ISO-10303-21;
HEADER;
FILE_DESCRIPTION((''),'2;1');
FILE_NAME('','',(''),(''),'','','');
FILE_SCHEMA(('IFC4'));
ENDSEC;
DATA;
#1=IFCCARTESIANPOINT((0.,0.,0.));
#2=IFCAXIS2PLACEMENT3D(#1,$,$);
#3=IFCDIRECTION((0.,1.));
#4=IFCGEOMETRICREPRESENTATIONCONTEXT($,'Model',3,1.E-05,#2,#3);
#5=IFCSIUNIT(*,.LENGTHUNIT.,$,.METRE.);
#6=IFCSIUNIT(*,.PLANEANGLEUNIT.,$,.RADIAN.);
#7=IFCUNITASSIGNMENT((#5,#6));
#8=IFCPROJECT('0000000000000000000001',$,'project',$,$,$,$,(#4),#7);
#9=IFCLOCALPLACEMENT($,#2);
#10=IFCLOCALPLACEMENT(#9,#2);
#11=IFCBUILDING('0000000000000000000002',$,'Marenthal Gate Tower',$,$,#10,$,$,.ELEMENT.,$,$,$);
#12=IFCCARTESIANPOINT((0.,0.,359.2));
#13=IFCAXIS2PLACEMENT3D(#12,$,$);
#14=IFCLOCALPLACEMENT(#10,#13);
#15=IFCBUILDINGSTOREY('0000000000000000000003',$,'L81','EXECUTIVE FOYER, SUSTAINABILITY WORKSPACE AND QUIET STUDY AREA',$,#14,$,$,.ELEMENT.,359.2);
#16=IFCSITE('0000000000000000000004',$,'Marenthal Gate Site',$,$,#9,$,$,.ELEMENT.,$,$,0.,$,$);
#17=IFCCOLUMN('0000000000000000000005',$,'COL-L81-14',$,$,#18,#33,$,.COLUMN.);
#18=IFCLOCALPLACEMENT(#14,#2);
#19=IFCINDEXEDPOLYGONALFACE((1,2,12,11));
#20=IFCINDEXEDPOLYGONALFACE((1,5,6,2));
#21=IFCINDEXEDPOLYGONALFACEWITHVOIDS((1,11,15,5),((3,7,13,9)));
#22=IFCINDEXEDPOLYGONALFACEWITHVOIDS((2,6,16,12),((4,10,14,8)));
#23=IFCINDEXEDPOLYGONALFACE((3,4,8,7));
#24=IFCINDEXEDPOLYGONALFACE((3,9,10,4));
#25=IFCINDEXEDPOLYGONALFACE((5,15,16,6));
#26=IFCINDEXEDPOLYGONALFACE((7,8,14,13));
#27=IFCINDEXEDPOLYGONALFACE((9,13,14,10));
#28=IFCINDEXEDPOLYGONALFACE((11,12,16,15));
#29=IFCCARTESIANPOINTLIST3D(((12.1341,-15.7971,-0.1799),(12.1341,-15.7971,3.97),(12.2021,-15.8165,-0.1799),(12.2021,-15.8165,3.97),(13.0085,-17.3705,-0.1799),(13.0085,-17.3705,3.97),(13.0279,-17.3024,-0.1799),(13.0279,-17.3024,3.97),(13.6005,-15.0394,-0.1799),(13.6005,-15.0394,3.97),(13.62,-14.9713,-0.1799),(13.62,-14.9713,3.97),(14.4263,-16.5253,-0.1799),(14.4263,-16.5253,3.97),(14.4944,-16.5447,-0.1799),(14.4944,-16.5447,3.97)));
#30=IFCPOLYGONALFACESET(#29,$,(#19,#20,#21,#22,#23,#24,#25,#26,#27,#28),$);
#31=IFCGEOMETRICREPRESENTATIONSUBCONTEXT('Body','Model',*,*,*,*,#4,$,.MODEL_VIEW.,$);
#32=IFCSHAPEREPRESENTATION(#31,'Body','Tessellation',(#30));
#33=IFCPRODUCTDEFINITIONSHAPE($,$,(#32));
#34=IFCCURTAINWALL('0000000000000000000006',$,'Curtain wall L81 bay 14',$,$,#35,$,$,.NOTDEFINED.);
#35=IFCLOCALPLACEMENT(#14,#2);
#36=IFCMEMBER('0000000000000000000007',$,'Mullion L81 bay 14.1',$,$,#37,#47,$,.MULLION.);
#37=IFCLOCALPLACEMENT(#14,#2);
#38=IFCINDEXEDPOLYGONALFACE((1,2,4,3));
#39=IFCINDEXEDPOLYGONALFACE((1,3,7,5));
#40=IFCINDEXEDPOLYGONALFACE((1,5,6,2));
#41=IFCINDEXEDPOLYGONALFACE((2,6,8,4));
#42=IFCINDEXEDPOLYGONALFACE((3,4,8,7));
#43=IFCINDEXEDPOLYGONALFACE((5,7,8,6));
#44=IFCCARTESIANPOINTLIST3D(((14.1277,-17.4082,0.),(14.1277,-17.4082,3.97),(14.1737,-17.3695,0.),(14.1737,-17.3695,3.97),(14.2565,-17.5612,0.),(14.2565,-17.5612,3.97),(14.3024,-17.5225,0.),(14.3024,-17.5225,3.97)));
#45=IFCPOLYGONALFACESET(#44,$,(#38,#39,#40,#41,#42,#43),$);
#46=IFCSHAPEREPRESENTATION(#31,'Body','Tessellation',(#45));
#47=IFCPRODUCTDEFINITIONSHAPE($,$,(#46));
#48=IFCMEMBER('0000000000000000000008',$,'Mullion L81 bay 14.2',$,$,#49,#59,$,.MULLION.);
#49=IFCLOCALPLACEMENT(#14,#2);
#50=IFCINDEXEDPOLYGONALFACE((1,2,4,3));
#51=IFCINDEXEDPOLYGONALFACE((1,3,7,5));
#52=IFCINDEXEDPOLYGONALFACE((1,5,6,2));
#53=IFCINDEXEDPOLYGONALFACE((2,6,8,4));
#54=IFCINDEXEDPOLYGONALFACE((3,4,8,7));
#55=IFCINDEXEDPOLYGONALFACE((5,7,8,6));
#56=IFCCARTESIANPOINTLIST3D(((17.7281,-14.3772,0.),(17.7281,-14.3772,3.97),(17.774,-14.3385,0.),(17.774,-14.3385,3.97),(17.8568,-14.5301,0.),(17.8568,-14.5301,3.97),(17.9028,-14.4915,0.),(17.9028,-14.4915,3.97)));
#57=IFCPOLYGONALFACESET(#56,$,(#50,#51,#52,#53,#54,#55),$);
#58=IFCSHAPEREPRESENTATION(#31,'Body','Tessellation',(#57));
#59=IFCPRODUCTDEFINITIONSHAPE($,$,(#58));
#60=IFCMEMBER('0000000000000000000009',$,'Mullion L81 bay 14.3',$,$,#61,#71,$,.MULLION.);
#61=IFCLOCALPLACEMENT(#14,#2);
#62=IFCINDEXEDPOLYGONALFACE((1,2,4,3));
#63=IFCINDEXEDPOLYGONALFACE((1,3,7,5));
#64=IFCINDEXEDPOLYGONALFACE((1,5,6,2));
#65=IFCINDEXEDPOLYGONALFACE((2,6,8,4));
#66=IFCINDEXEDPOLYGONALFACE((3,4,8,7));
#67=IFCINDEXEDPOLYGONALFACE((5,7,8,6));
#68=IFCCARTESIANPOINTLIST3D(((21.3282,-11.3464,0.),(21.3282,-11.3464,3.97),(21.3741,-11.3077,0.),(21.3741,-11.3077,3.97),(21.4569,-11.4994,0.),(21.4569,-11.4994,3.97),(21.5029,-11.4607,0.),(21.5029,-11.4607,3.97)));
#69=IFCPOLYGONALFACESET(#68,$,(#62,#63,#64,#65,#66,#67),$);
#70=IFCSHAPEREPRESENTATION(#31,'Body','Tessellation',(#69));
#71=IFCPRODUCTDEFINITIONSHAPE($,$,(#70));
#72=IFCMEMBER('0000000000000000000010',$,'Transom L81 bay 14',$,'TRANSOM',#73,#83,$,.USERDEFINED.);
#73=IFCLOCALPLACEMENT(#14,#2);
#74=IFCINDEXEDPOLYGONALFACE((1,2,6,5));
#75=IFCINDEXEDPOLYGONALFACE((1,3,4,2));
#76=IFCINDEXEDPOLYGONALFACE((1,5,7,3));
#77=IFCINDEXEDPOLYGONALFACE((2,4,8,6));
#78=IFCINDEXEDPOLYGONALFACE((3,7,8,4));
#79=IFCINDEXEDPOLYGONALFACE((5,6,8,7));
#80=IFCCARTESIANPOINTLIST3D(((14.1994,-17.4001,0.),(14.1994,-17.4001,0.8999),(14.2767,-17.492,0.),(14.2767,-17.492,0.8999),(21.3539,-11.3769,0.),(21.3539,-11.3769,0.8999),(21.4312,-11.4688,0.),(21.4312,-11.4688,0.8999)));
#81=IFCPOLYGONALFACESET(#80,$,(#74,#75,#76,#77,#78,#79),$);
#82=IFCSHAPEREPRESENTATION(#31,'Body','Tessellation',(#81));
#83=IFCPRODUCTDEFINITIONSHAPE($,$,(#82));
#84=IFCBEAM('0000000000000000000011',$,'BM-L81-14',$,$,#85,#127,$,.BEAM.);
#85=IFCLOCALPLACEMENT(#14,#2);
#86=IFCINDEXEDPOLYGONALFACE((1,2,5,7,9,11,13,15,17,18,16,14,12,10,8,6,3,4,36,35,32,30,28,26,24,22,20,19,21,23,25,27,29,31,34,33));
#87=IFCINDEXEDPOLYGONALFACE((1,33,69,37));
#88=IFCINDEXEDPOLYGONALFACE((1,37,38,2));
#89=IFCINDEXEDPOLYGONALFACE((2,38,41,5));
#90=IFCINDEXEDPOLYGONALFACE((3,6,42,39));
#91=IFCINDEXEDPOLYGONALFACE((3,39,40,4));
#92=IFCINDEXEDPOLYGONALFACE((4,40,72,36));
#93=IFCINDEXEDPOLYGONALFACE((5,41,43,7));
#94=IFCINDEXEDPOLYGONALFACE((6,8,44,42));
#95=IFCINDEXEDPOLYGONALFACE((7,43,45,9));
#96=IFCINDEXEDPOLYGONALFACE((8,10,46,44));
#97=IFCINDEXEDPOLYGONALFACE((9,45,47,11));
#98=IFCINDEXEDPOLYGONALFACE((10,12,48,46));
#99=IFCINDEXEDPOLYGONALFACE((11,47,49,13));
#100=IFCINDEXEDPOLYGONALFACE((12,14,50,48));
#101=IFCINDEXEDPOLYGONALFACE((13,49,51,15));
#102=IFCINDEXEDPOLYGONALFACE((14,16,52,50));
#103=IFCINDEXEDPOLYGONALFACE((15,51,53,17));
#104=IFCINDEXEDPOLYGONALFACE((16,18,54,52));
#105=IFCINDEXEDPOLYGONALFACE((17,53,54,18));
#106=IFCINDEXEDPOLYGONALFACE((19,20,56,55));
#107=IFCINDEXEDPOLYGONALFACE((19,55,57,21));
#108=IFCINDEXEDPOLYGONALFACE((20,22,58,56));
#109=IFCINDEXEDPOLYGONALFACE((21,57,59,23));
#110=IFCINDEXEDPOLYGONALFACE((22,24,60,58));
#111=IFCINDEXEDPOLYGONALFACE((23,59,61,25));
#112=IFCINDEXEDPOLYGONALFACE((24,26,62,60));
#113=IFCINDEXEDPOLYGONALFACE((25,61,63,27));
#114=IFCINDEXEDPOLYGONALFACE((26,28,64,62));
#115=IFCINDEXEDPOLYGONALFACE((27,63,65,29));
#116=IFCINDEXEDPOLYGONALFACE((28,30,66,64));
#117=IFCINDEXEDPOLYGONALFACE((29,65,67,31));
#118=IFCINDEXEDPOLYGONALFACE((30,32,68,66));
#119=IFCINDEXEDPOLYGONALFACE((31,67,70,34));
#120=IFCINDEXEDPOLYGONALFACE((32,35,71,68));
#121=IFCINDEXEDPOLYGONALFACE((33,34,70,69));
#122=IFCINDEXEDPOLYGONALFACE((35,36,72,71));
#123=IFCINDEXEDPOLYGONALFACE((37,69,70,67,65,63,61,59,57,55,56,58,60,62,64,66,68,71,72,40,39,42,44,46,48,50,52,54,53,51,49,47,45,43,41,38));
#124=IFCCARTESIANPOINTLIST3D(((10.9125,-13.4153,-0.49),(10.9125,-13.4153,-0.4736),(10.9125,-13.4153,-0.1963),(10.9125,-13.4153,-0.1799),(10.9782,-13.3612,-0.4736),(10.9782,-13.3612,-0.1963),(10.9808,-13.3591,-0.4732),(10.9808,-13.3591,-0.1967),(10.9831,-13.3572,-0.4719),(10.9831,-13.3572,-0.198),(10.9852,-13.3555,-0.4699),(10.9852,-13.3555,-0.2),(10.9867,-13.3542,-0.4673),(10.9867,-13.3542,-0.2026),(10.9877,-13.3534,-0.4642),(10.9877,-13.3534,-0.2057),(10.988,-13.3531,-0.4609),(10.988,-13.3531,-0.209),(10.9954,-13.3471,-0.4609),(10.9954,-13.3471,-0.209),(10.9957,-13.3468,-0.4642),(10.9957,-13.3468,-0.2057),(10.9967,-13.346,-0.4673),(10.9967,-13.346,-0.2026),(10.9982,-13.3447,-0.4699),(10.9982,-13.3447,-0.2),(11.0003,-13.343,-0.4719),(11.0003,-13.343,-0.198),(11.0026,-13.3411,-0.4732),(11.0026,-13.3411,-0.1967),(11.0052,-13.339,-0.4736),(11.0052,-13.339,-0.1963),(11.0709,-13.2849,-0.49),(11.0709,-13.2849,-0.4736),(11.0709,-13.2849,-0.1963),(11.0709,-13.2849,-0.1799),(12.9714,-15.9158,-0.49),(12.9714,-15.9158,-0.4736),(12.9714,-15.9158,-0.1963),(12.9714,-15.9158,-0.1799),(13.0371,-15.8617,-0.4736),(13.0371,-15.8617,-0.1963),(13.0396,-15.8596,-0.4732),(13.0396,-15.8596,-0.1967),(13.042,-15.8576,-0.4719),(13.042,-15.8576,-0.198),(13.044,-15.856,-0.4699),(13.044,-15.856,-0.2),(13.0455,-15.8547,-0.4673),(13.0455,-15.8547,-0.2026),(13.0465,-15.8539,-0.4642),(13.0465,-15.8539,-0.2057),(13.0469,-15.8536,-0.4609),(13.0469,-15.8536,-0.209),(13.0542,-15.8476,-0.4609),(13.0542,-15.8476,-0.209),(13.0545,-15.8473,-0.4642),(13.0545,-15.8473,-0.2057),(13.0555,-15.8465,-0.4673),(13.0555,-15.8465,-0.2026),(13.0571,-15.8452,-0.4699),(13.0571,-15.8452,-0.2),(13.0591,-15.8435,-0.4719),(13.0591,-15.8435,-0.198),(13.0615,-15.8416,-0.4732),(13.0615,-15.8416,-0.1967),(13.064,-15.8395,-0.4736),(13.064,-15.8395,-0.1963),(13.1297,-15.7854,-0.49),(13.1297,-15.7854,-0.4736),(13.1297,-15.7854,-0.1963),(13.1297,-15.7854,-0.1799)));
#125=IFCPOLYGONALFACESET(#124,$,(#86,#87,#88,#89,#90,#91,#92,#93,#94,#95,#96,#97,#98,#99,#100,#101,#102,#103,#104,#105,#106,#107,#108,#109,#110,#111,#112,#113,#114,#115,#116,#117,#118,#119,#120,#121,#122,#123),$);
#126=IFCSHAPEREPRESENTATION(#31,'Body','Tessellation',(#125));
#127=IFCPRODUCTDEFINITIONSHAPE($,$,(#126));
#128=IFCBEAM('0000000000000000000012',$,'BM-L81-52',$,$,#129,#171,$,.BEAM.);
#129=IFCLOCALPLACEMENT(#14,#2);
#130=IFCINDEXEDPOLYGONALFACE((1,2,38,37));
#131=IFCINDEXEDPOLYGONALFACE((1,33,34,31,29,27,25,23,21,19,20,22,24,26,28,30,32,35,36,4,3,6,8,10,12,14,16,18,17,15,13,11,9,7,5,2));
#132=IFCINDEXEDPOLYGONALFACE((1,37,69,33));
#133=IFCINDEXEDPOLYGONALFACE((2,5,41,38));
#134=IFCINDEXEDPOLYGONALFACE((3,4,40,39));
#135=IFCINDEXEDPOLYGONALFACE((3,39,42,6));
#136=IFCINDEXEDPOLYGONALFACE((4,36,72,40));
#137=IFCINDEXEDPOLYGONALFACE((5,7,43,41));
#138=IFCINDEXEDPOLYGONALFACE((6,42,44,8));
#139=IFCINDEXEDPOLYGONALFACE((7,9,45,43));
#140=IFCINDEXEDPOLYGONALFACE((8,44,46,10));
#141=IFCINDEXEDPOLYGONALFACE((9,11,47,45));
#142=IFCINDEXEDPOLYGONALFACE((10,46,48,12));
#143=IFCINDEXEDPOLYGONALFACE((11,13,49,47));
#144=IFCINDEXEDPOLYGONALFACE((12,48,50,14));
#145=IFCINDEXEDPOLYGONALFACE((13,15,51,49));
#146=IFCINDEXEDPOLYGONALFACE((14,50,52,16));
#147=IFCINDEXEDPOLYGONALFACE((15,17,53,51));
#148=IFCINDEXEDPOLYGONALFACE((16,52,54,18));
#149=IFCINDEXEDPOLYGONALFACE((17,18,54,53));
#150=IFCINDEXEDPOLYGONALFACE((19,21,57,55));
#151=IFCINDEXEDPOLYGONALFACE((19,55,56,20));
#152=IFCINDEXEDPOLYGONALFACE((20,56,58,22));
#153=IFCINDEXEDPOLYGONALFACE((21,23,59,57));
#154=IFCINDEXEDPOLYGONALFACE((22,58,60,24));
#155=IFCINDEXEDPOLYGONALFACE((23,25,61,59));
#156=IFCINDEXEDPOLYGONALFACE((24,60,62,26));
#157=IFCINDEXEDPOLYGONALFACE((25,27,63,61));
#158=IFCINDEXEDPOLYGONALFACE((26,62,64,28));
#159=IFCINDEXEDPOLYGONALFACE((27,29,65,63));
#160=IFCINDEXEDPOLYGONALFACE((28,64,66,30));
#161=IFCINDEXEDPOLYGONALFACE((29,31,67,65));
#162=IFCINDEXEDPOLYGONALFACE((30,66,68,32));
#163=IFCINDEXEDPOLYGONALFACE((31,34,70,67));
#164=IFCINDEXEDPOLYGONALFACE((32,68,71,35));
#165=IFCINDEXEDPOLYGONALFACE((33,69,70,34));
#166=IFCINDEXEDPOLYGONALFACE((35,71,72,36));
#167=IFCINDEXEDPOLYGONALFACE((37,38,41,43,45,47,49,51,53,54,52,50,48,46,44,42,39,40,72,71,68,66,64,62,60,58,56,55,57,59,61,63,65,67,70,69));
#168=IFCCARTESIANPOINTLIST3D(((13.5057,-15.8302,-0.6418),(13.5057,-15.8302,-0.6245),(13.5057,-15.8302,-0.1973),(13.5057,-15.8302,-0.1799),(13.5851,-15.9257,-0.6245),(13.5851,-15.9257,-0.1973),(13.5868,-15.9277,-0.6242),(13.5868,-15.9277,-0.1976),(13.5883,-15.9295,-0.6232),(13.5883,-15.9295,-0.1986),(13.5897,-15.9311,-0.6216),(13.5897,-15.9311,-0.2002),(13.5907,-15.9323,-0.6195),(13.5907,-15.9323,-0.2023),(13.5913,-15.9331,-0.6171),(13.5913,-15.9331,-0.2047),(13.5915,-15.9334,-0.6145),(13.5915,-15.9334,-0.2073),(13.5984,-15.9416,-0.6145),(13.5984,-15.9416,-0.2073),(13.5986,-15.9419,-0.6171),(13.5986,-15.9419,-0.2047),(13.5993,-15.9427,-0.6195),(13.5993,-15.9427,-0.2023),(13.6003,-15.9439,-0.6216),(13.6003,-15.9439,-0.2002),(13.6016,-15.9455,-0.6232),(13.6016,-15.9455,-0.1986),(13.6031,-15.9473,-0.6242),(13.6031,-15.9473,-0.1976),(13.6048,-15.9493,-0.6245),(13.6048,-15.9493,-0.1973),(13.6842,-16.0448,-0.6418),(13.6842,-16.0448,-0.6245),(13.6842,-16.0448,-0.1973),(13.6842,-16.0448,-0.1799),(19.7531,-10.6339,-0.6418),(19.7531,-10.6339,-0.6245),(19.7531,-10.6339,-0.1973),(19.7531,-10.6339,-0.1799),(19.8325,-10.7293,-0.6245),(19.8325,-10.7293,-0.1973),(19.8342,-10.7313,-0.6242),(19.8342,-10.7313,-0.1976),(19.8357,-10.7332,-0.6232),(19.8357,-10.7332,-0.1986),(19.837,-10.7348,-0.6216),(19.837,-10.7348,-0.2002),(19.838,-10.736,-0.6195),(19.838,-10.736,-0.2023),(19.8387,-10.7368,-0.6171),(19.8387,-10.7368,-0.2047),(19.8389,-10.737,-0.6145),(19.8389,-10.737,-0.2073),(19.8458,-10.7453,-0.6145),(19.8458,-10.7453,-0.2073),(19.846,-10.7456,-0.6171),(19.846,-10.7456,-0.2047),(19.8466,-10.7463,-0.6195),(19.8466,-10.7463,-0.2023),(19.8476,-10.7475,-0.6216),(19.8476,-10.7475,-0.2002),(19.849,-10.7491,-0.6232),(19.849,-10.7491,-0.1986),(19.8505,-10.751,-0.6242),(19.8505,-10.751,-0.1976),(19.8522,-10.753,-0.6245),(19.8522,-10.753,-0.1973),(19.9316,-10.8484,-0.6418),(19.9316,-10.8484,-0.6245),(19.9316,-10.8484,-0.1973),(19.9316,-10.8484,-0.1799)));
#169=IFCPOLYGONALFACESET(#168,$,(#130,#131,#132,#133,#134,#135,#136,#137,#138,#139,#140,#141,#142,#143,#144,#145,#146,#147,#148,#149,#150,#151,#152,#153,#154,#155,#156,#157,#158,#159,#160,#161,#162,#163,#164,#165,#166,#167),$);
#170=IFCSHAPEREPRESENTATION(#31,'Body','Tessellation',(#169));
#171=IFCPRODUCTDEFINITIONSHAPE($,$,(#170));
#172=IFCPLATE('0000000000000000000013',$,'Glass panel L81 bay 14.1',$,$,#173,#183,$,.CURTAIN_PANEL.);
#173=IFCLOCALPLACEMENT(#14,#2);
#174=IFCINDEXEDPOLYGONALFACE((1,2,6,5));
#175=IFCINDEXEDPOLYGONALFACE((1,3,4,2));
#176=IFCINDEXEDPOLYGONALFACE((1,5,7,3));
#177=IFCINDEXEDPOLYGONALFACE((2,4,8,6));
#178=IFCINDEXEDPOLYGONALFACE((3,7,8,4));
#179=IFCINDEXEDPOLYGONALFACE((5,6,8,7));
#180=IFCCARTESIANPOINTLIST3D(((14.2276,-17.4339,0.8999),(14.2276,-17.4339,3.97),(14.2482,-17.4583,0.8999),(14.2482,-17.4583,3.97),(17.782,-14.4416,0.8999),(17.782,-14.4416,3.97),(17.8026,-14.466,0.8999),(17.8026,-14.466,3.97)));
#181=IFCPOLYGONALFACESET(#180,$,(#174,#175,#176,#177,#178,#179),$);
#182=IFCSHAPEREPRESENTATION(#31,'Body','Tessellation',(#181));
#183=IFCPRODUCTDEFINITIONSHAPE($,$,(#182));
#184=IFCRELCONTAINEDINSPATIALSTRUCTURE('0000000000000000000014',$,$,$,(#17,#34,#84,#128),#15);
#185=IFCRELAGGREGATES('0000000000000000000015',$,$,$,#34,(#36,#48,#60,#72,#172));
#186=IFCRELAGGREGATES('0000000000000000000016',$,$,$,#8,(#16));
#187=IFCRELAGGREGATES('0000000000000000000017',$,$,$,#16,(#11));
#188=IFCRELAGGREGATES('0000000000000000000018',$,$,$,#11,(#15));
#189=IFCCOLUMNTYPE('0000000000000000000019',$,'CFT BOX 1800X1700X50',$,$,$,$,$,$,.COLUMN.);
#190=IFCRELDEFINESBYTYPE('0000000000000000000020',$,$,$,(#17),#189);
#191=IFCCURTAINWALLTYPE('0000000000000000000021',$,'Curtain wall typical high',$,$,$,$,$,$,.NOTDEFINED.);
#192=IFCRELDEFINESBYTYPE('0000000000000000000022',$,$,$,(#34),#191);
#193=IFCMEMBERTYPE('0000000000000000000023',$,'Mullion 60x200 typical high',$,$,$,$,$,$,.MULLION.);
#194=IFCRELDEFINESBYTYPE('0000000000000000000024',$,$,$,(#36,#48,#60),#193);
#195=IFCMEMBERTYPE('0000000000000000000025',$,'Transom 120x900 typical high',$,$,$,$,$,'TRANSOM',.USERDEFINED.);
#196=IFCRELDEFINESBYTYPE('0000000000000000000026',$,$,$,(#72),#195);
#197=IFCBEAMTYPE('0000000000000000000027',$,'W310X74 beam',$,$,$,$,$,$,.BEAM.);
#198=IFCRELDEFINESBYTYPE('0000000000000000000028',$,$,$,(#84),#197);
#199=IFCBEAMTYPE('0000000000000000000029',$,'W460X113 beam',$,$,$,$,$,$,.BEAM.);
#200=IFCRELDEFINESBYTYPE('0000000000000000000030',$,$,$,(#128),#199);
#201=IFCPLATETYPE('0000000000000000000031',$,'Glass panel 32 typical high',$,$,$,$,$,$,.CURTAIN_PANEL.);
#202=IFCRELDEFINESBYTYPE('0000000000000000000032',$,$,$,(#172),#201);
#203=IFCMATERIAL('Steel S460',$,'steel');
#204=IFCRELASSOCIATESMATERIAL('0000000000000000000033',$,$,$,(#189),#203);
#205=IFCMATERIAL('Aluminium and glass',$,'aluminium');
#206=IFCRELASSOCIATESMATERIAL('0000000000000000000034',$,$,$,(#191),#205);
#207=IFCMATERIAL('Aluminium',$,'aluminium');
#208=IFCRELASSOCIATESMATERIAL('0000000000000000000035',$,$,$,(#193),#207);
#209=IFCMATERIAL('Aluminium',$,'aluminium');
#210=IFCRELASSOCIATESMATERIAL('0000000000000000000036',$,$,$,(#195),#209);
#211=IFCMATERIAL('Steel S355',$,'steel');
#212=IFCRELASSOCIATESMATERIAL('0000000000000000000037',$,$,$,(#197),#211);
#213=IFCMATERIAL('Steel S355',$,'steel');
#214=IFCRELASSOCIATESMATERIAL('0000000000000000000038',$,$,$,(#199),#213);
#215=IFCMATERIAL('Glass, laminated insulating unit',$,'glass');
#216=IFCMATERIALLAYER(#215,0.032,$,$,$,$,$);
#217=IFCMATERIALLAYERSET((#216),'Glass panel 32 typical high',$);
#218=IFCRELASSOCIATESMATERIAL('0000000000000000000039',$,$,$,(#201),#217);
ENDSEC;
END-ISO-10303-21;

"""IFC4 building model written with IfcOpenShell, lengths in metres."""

from ifc_helpers import new_model, si_unit, direction, frame, origin, origin_2d, place, context, subcontext, project, spatial, rectangle, hollow_rectangle, i_section, extrude, material, layer, layer_set, material_profile, profile_set, type_object, element, aggregate, save


model = new_model("IFC4")

# Units and contexts
model_context = context("Model", 3, precision=1e-05, world=origin(), true_north=direction((0.0, 1.0)))
body_context = subcontext(model_context, "Body", "Model", "MODEL_VIEW")
ifc_project = project(units=[si_unit("LENGTHUNIT", "METRE"), si_unit("PLANEANGLEUNIT", "RADIAN")], contexts=[model_context])

# Site, building, storey
site_placement = place(None, origin())
site = spatial("IfcSite", under=ifc_project, at=site_placement, Name="Marenthal Gate Site", CompositionType="ELEMENT", RefElevation=0.0)
building_placement = place(site_placement, origin())
building = spatial("IfcBuilding", under=site, at=building_placement, Name="Marenthal Gate Tower", CompositionType="ELEMENT")
storey_placement = place(building_placement, frame((0.0, 0.0, 359.2)))
storey = spatial("IfcBuildingStorey", under=building, at=storey_placement, Name="L81", Description="EXECUTIVE FOYER, SUSTAINABILITY WORKSPACE AND QUIET STUDY AREA", CompositionType="ELEMENT", Elevation=359.2)

# Column
ifc_material_1 = material(Name="Steel S460", Category="steel")
ifc_material_profile_1 = material_profile(ifc_material_1, hollow_rectangle(XDim=1.7, YDim=1.8, WallThickness=0.05, at=origin_2d()), Name="CFT BOX 1800X1700X50")
ifc_material_2 = material(Name="Concrete 70 MPa", Category="concrete")
ifc_material_profile_2 = material_profile(ifc_material_2, rectangle(XDim=1.6001, YDim=1.7, at=origin_2d()), Name="CFT BOX 1800X1700X50 INFILL")
ifc_profile_set_1 = profile_set([ifc_material_profile_1, ifc_material_profile_2], Name="Steel S460 shell, Concrete 70 MPa infill")
column_type = type_object("IfcColumnType", Name="CFT BOX 1800X1700X50", PredefinedType="COLUMN", material=ifc_profile_set_1)
column_placement = place(storey_placement, frame((13.3142, -16.1709, -0.1799), z_axis=(0.0, 0.0, 1.0), x_axis=(-0.874089, -0.485765, 0.0)))
element("IfcColumn", 1, at=column_placement, inside=storey, type_object=column_type, Name="COL-L81-14", PredefinedType="COLUMN", context=body_context, shape_type="SweptSolid", body=[
    extrude(hollow_rectangle(XDim=1.7, YDim=1.8, WallThickness=0.05, at=origin_2d()), origin(), (0.0, 0.0, 1.0), 4.1499),
])

# Curtain wall, members
ifc_material_3 = material(Name="Aluminium and glass", Category="aluminium")
curtain_wall_type = type_object("IfcCurtainWallType", Name="Curtain wall typical high", PredefinedType="NOTDEFINED", material=ifc_material_3)
curtain_wall_placement = place(storey_placement, origin())
curtain_wall = element("IfcCurtainWall", 2, at=curtain_wall_placement, inside=storey, type_object=curtain_wall_type, Name="Curtain wall L81 bay 14", PredefinedType="NOTDEFINED")
ifc_material_4 = material(Name="Aluminium", Category="aluminium")
ifc_material_profile_3 = material_profile(ifc_material_4, rectangle(XDim=0.2, YDim=0.0601, at=origin_2d()), Name="60x200 aluminium mullion")
ifc_profile_set_2 = profile_set([ifc_material_profile_3], Name="Aluminium")
member_type_1 = type_object("IfcMemberType", Name="Mullion 60x200 typical high", PredefinedType="MULLION", material=ifc_profile_set_2)
member_1_placement = place(storey_placement, frame((14.2151, -17.4653, 0.0), z_axis=(0.0, 0.0, 1.0), x_axis=(-0.644023, 0.765006, 0.0)))
member_1 = element("IfcMember", 3, at=member_1_placement, type_object=member_type_1, Name="Mullion L81 bay 14.1", PredefinedType="MULLION", context=body_context, shape_type="SweptSolid", body=[
    extrude(rectangle(XDim=0.2, YDim=0.0601, at=origin_2d()), origin(), (0.0, 0.0, 1.0), 3.97),
])
member_2_placement = place(storey_placement, frame((17.8154, -14.4343, 0.0), z_axis=(0.0, 0.0, 1.0), x_axis=(-0.644023, 0.765006, 0.0)))
member_2 = element("IfcMember", 4, at=member_2_placement, type_object=member_type_1, Name="Mullion L81 bay 14.2", PredefinedType="MULLION", context=body_context, shape_type="SweptSolid", body=[
    extrude(rectangle(XDim=0.2, YDim=0.0601, at=origin_2d()), origin(), (0.0, 0.0, 1.0), 3.97),
])
member_3_placement = place(storey_placement, frame((21.4155, -11.4036, 0.0), z_axis=(0.0, 0.0, 1.0), x_axis=(-0.644023, 0.765006, 0.0)))
member_3 = element("IfcMember", 5, at=member_3_placement, type_object=member_type_1, Name="Mullion L81 bay 14.3", PredefinedType="MULLION", context=body_context, shape_type="SweptSolid", body=[
    extrude(rectangle(XDim=0.2, YDim=0.0601, at=origin_2d()), origin(), (0.0, 0.0, 1.0), 3.97),
])
ifc_material_5 = material(Name="Aluminium", Category="aluminium")
ifc_material_profile_4 = material_profile(ifc_material_5, rectangle(XDim=0.1201, YDim=0.8999, at=origin_2d()), Name="120x900 aluminium transom")
ifc_profile_set_3 = profile_set([ifc_material_profile_4], Name="Aluminium")
member_type_2 = type_object("IfcMemberType", Name="Transom 120x900 typical high", ElementType="TRANSOM", PredefinedType="USERDEFINED", material=ifc_profile_set_3)
member_4_placement = place(storey_placement, frame((14.238, -17.446, 0.45), z_axis=(0.765, 0.64403, 0.0), x_axis=(-0.64403, 0.765, 0.0)))
member_4 = element("IfcMember", 6, at=member_4_placement, type_object=member_type_2, Name="Transom L81 bay 14", ObjectType="TRANSOM", PredefinedType="USERDEFINED", context=body_context, shape_type="SweptSolid", body=[
    extrude(rectangle(XDim=0.1201, YDim=0.8999, at=origin_2d()), origin(), (0.0, 0.0, 1.0), 9.3523),
])

# Beams
ifc_material_6 = material(Name="Steel S355", Category="steel")
ifc_material_profile_5 = material_profile(ifc_material_6, i_section(OverallWidth=0.2051, OverallDepth=0.3101, WebThickness=0.0095, FlangeThickness=0.0164, FilletRadius=0.0127, at=origin_2d()), Name="W310X74")
ifc_profile_set_4 = profile_set([ifc_material_profile_5], Name="Steel S355")
beam_type_1 = type_object("IfcBeamType", Name="W310X74 beam", PredefinedType="BEAM", material=ifc_profile_set_4)
beam_1_placement = place(storey_placement, frame((13.0505, -15.8506, -0.335), z_axis=(-0.635636, 0.771989, 0.0), x_axis=(-0.771989, -0.635636, 0.0)))
element("IfcBeam", 7, at=beam_1_placement, inside=storey, type_object=beam_type_1, Name="BM-L81-14", PredefinedType="BEAM", context=body_context, shape_type="SweptSolid", body=[
    extrude(i_section(OverallWidth=0.2051, OverallDepth=0.3101, WebThickness=0.0095, FlangeThickness=0.0164, FilletRadius=0.0127, at=origin_2d()), origin(), (0.0, 0.0, 1.0), 3.239),
])
ifc_material_7 = material(Name="Steel S355", Category="steel")
ifc_material_profile_6 = material_profile(ifc_material_7, i_section(OverallWidth=0.2791, OverallDepth=0.4619, WebThickness=0.0107, FlangeThickness=0.0173, FilletRadius=0.01, at=origin_2d()), Name="W460X113")
ifc_profile_set_5 = profile_set([ifc_material_profile_6], Name="Steel S355")
beam_type_2 = type_object("IfcBeamType", Name="W460X113 beam", PredefinedType="BEAM", material=ifc_profile_set_5)
beam_2_placement = place(storey_placement, frame((13.595, -15.9375, -0.4109), z_axis=(0.768814, 0.639472, 0.0), x_axis=(-0.639472, 0.768814, 0.0)))
element("IfcBeam", 8, at=beam_2_placement, inside=storey, type_object=beam_type_2, Name="BM-L81-52", PredefinedType="BEAM", context=body_context, shape_type="SweptSolid", body=[
    extrude(i_section(OverallWidth=0.2791, OverallDepth=0.4619, WebThickness=0.0107, FlangeThickness=0.0173, FilletRadius=0.01, at=origin_2d()), origin(), (0.0, 0.0, 1.0), 8.126),
])

# Plate
ifc_material_8 = material(Name="Glass, laminated insulating unit", Category="glass")
ifc_layer_1 = layer(ifc_material_8, 0.032)
ifc_layer_set_1 = layer_set([ifc_layer_1], Name="Glass panel 32 typical high")
plate_type = type_object("IfcPlateType", Name="Glass panel 32 typical high", PredefinedType="CURTAIN_PANEL", material=ifc_layer_set_1)
plate_1_placement = place(storey_placement, frame((16.0151, -15.95, 0.8999), z_axis=(0.0, 0.0, 1.0), x_axis=(0.765006, 0.644023, 0.0)))
plate_1 = element("IfcPlate", 9, at=plate_1_placement, type_object=plate_type, Name="Glass panel L81 bay 14.1", PredefinedType="CURTAIN_PANEL", context=body_context, shape_type="SweptSolid", body=[
    extrude(rectangle(XDim=4.6462, YDim=0.032, at=origin_2d()), origin(), (0.0, 0.0, 1.0), 3.0701),
])
aggregate(curtain_wall, [member_1, member_2, member_3, member_4, plate_1])

save(model, "model.ifc")
